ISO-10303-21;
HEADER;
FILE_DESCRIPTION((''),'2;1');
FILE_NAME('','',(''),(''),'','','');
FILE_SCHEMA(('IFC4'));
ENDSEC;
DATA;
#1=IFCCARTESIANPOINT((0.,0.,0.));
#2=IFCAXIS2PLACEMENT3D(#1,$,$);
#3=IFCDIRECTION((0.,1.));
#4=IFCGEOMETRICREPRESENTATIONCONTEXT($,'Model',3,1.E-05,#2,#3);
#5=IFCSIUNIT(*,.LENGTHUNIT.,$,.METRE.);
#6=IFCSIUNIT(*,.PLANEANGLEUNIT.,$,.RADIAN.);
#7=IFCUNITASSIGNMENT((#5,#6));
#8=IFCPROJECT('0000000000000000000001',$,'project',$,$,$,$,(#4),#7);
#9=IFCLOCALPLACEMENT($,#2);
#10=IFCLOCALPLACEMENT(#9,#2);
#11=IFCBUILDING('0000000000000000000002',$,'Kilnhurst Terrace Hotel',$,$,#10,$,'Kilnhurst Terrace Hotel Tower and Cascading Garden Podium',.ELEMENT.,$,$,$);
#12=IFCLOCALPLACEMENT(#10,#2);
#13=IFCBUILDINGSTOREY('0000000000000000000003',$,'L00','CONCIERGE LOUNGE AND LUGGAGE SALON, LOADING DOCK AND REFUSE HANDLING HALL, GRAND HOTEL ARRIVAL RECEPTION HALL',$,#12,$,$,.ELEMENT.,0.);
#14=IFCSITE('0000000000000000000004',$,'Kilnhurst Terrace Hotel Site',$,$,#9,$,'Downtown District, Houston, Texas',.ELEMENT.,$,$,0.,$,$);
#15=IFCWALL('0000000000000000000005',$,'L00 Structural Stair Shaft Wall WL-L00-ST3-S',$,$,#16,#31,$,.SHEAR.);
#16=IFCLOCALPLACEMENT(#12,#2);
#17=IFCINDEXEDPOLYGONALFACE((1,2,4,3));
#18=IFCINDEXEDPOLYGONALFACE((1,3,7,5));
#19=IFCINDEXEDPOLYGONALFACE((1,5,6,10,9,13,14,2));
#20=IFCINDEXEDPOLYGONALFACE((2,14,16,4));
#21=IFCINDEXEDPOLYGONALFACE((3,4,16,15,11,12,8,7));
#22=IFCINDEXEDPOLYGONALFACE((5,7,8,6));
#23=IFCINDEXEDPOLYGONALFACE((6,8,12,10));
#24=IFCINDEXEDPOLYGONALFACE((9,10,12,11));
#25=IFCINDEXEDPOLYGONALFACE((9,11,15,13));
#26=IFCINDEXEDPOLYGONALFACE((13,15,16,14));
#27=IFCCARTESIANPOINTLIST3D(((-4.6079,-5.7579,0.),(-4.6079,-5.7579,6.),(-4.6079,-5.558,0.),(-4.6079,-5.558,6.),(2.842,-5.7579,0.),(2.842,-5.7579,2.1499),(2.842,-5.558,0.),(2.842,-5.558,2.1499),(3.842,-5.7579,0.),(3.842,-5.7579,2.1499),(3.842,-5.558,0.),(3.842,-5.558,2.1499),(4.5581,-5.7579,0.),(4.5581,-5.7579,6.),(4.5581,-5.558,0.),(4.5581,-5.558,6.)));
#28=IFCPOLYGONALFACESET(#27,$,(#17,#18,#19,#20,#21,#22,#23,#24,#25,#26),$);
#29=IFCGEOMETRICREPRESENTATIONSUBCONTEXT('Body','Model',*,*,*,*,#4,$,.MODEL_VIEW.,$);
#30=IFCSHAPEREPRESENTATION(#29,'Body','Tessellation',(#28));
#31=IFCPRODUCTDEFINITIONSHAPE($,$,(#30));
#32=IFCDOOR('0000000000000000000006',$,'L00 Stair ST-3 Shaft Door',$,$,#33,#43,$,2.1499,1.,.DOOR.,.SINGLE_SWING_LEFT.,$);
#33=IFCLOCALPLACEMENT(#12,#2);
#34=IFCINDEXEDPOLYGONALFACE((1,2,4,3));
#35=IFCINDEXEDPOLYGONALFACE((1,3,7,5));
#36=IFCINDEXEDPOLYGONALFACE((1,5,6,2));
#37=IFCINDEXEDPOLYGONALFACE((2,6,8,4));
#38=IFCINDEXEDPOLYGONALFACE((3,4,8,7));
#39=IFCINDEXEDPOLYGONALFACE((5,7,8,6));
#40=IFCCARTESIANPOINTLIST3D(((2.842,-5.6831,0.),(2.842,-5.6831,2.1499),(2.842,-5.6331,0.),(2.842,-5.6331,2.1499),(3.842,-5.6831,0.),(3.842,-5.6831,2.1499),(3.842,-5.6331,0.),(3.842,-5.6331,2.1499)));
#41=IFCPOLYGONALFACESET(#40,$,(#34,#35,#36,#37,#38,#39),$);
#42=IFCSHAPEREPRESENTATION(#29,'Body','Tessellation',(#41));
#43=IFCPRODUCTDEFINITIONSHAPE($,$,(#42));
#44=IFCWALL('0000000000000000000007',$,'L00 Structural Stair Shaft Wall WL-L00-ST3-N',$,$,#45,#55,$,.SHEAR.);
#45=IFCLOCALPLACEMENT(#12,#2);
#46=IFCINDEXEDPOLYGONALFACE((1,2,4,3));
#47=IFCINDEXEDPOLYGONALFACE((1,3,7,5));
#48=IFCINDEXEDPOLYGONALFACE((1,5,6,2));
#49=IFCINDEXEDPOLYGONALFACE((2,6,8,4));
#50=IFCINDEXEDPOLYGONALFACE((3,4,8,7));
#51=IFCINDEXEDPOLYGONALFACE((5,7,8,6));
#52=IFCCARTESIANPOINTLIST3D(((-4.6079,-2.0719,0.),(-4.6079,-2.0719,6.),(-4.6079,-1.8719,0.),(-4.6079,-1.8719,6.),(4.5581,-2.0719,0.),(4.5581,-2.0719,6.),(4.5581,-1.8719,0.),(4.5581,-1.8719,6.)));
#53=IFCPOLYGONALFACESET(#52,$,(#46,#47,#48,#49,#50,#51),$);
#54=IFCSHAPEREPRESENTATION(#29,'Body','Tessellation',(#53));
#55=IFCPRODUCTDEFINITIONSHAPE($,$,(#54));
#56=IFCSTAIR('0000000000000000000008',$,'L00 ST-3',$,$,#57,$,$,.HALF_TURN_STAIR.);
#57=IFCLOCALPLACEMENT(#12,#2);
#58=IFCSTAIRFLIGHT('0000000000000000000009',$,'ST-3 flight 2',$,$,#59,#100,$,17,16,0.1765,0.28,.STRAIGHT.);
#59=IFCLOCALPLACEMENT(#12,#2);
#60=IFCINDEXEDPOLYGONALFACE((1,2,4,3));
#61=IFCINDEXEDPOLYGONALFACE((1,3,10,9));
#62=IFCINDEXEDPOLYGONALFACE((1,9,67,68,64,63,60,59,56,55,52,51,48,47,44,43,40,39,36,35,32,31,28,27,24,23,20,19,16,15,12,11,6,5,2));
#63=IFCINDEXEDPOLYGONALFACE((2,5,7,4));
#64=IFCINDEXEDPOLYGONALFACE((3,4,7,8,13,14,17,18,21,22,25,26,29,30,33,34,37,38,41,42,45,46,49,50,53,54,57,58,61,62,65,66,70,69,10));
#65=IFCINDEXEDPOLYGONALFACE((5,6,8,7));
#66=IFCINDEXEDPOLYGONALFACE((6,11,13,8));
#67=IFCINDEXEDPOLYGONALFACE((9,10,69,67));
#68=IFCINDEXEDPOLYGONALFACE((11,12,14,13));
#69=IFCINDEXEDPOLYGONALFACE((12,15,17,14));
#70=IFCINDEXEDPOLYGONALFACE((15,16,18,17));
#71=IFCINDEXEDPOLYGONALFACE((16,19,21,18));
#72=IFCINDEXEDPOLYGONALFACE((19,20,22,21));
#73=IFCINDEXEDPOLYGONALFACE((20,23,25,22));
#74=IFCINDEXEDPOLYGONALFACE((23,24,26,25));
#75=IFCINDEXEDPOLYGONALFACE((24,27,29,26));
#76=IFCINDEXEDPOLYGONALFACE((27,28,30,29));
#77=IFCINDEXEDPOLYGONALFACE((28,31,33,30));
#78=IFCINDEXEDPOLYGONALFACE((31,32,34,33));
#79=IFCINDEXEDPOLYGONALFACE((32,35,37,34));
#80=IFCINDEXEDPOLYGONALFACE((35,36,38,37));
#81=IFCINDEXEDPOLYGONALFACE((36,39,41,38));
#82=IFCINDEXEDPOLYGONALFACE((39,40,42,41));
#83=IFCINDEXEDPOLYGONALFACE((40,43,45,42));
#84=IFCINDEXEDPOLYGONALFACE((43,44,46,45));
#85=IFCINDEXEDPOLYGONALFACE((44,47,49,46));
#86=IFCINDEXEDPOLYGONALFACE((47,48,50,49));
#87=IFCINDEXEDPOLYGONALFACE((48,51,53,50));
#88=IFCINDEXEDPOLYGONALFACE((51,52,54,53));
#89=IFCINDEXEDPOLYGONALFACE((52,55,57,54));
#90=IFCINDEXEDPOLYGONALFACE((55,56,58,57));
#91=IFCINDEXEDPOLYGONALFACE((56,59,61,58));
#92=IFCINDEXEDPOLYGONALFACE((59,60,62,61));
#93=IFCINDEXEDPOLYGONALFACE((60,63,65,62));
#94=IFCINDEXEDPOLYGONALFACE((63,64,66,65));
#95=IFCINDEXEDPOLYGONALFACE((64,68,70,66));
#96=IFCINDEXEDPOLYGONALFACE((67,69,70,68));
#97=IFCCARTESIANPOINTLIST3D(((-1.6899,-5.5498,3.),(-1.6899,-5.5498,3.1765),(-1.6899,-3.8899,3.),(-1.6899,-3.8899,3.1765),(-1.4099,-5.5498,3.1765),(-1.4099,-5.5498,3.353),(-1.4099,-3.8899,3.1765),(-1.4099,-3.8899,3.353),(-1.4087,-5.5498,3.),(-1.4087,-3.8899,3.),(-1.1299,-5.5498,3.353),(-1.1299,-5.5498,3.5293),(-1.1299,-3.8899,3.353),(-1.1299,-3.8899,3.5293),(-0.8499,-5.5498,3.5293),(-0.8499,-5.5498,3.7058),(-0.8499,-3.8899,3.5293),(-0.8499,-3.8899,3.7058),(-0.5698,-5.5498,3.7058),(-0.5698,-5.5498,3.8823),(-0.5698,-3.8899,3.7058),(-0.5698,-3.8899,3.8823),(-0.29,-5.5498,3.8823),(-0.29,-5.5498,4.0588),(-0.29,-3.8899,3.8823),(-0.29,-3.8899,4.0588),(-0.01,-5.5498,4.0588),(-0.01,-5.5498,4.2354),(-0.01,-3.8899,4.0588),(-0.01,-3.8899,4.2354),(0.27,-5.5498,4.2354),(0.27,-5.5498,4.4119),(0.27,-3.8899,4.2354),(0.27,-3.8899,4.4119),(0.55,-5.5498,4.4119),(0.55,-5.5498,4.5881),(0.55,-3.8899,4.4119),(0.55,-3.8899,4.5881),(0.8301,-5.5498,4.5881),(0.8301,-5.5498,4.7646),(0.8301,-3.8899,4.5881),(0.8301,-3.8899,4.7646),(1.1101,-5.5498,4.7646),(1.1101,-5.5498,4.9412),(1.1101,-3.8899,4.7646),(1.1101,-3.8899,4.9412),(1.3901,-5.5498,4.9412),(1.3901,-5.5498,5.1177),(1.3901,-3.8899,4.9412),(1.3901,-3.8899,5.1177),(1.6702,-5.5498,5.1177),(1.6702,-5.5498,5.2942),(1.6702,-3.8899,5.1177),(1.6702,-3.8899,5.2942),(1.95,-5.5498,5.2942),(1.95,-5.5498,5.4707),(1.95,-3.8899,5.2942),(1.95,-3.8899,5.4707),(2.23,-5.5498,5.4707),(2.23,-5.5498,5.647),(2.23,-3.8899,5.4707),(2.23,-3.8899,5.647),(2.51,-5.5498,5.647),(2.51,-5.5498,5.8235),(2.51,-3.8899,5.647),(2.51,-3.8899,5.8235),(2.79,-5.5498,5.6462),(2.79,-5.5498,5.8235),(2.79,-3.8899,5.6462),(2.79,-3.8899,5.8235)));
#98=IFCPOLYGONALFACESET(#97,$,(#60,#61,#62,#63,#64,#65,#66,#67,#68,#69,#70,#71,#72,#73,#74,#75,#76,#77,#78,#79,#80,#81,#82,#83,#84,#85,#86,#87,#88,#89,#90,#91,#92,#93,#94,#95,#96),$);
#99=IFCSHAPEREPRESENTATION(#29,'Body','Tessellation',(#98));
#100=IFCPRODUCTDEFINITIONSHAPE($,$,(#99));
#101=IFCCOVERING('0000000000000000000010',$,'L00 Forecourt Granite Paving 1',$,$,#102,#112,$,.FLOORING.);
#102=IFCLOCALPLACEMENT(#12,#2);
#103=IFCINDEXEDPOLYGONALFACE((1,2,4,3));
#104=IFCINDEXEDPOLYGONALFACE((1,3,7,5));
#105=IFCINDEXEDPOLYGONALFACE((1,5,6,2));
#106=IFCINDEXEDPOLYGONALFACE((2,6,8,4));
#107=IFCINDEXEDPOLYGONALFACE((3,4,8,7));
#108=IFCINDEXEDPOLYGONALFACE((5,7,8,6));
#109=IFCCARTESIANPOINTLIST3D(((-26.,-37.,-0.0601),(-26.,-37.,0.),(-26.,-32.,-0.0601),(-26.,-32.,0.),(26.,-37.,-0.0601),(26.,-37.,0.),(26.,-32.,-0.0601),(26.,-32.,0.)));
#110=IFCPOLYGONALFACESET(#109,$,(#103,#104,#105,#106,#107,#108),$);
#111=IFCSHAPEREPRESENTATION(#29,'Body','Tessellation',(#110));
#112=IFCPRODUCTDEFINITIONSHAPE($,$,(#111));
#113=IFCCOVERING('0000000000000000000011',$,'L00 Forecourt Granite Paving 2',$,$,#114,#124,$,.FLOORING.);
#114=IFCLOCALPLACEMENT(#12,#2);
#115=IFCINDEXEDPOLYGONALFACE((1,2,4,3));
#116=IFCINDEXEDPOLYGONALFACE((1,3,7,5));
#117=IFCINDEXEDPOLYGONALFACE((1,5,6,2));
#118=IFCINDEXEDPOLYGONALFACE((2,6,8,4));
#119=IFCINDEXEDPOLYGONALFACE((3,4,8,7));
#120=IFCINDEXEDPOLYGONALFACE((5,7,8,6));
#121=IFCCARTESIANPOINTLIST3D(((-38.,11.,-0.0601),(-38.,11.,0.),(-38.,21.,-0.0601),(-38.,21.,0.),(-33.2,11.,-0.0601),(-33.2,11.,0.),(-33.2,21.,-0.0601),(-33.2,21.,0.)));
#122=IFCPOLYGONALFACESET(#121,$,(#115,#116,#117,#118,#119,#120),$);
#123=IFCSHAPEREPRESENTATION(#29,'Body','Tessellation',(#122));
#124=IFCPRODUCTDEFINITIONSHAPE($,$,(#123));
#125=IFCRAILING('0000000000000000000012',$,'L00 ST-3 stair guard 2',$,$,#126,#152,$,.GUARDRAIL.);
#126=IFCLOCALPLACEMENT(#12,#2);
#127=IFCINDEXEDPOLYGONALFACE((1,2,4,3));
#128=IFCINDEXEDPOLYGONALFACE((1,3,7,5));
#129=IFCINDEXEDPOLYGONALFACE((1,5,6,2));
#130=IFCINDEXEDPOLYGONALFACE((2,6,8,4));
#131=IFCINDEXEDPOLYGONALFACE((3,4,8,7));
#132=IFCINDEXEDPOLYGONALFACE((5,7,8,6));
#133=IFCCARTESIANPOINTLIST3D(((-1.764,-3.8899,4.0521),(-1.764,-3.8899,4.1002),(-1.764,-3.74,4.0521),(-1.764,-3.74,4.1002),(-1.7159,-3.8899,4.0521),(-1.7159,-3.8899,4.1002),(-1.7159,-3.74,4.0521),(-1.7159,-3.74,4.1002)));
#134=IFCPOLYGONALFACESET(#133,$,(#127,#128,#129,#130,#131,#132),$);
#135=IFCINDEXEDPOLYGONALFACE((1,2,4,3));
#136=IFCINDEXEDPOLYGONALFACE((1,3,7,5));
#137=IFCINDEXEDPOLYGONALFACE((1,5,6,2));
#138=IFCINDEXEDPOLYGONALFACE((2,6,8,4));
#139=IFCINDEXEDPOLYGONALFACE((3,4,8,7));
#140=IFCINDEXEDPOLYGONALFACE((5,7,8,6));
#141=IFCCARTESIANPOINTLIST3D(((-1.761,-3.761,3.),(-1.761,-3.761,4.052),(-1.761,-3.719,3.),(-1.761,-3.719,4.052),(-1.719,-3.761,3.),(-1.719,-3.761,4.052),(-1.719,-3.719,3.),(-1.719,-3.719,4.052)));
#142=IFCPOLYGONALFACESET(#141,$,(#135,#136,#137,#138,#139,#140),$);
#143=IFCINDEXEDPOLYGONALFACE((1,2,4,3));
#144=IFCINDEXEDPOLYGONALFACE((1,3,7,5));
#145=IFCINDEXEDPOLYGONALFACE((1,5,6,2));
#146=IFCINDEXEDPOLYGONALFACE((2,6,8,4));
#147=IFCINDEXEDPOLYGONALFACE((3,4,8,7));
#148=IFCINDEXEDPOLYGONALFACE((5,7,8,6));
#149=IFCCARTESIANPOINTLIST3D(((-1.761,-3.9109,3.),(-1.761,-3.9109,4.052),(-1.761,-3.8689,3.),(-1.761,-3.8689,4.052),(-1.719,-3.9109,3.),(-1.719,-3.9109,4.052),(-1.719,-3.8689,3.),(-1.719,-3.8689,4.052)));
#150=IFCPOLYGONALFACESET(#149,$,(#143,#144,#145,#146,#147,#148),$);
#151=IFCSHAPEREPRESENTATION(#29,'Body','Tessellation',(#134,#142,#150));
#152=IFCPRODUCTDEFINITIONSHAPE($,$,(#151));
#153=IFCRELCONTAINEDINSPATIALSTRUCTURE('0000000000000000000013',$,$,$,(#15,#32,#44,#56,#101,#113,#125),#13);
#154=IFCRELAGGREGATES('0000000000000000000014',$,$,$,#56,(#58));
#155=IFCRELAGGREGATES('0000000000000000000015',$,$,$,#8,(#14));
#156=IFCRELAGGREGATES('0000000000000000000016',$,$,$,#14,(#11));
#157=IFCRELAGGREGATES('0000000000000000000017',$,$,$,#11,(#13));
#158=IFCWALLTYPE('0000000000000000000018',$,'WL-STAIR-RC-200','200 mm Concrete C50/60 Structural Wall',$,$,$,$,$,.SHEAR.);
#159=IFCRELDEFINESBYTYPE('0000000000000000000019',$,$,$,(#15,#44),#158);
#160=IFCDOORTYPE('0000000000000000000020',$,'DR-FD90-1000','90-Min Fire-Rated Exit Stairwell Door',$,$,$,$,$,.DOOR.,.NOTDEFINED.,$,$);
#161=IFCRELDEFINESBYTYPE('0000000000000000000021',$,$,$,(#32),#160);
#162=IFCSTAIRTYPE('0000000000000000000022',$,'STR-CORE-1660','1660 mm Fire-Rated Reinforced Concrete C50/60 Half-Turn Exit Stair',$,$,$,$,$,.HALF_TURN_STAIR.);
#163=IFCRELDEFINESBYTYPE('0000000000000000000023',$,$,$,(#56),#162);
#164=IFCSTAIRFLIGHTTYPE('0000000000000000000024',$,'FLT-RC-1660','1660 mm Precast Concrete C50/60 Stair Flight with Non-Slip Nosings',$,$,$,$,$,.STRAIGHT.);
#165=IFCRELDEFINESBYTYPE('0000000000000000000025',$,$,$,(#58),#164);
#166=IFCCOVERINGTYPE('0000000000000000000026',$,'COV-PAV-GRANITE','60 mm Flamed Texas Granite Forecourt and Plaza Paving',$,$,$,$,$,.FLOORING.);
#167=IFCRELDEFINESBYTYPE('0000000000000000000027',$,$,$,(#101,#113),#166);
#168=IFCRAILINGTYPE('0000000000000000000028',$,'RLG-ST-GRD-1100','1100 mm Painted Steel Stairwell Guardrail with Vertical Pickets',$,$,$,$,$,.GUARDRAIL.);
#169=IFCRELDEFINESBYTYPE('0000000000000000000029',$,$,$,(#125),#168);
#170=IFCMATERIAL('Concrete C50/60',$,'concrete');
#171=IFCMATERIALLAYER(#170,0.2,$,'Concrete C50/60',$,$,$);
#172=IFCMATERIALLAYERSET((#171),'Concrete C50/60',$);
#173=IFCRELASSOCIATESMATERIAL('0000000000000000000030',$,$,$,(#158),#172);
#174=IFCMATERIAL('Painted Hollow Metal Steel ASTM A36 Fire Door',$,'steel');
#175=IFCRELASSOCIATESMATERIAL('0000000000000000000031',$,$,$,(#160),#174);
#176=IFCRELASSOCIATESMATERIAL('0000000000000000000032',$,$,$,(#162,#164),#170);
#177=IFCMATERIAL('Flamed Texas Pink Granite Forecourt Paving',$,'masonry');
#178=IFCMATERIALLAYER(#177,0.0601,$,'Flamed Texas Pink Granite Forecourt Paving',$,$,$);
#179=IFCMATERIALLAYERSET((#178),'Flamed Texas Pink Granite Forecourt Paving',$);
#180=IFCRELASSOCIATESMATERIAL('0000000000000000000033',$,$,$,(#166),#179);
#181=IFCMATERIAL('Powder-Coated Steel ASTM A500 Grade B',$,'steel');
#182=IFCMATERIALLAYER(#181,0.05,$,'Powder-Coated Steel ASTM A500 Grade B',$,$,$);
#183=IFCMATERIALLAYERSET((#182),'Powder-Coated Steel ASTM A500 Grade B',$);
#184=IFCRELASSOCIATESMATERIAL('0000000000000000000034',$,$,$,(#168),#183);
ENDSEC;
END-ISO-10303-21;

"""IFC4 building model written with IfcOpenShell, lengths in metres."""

from ifc_helpers import new_model, si_unit, direction, frame, frame_2d, origin, origin_2d, place, context, subcontext, project, spatial, polyline, rectangle, outline, extrude, material, layer, layer_set, type_object, element, fill, aggregate, save


model = new_model("IFC4")

# Units and contexts
model_context = context("Model", 3, precision=1e-05, world=origin(), true_north=direction((0.0, 1.0)))
body_context = subcontext(model_context, "Body", "Model", "MODEL_VIEW")
ifc_project = project(units=[si_unit("LENGTHUNIT", "METRE"), si_unit("PLANEANGLEUNIT", "RADIAN")], contexts=[model_context])

# Site, building, storey
site_placement = place(None, origin())
site = spatial("IfcSite", under=ifc_project, at=site_placement, Name="Kilnhurst Terrace Hotel Site", LongName="Downtown District, Houston, Texas", CompositionType="ELEMENT", RefElevation=0.0)
building_placement = place(site_placement, origin())
building = spatial("IfcBuilding", under=site, at=building_placement, Name="Kilnhurst Terrace Hotel", LongName="Kilnhurst Terrace Hotel Tower and Cascading Garden Podium", CompositionType="ELEMENT")
storey_placement = place(building_placement, origin())
storey = spatial("IfcBuildingStorey", under=building, at=storey_placement, Name="L00", Description="CONCIERGE LOUNGE AND LUGGAGE SALON, LOADING DOCK AND REFUSE HANDLING HALL, GRAND HOTEL ARRIVAL RECEPTION HALL", CompositionType="ELEMENT", Elevation=0.0)

# Shared definitions
ifc_material_1 = material(Name="Concrete C50/60", Category="concrete")

# Shared definitions
ifc_layer_1 = layer(ifc_material_1, 0.2, Name="Concrete C50/60")
ifc_layer_set_1 = layer_set([ifc_layer_1], Name="Concrete C50/60")
wall_type_1 = type_object("IfcWallType", Name="WL-STAIR-RC-200", Description="200 mm Concrete C50/60 Structural Wall", PredefinedType="SHEAR", material=ifc_layer_set_1)

# Wall, opening, door
wall_1_placement = place(storey_placement, frame((-4.6079, -5.658, 0.0), z_axis=(0.0, 0.0, 1.0), x_axis=(1.0, 0.0, 0.0)))
wall_1 = element("IfcWall", 1, at=wall_1_placement, inside=storey, type_object=wall_type_1, Name="L00 Structural Stair Shaft Wall WL-L00-ST3-S", PredefinedType="SHEAR", context=body_context, shape_type="SweptSolid", body=[
    extrude(rectangle(XDim=9.166, YDim=0.2, at=frame_2d((4.583, 0.0))), origin(), (0.0, 0.0, 1.0), 6.0),
])
opening_1_placement = place(wall_1_placement, frame((7.45, 0.0, 0.0)))
opening_1 = element("IfcOpeningElement", 2, at=opening_1_placement, cuts=wall_1, PredefinedType="OPENING", context=body_context, shape_type="SweptSolid", body=[
    extrude(rectangle(XDim=1.0, YDim=2.1499, at=frame_2d((0.5, 1.075))), frame((0.0, 0.1099, 0.0), z_axis=(0.0, -1.0, 0.0), x_axis=(1.0, 0.0, 0.0)), (0.0, 0.0, 1.0), 0.22),
])
ifc_material_2 = material(Name="Painted Hollow Metal Steel ASTM A36 Fire Door", Category="steel")
door_type_1 = type_object("IfcDoorType", Name="DR-FD90-1000", Description="90-Min Fire-Rated Exit Stairwell Door", OperationType="NOTDEFINED", PredefinedType="DOOR", material=ifc_material_2)
door_1_placement = place(opening_1_placement, origin())
door_1 = element("IfcDoor", 3, at=door_1_placement, inside=storey, type_object=door_type_1, Name="L00 Stair ST-3 Shaft Door", OperationType="SINGLE_SWING_LEFT", OverallHeight=2.1499, OverallWidth=1.0, PredefinedType="DOOR", context=body_context, shape_type="SweptSolid", body=[
    extrude(rectangle(XDim=1.0, YDim=2.1499, at=frame_2d((0.5, 1.075))), frame((0.0, 0.0249, 0.0), z_axis=(0.0, -1.0, 0.0), x_axis=(1.0, 0.0, 0.0)), (0.0, 0.0, 1.0), 0.05),
])
fill(opening_1, door_1)

# Wall
wall_2_placement = place(storey_placement, frame((-4.6079, -1.9719, 0.0), z_axis=(0.0, 0.0, 1.0), x_axis=(1.0, 0.0, 0.0)))
element("IfcWall", 4, at=wall_2_placement, inside=storey, type_object=wall_type_1, Name="L00 Structural Stair Shaft Wall WL-L00-ST3-N", PredefinedType="SHEAR", context=body_context, shape_type="SweptSolid", body=[
    extrude(rectangle(XDim=9.166, YDim=0.2, at=frame_2d((4.583, 0.0))), origin(), (0.0, 0.0, 1.0), 6.0),
])

# Stair, stair flight
stair_type = type_object("IfcStairType", Name="STR-CORE-1660", Description="1660 mm Fire-Rated Reinforced Concrete C50/60 Half-Turn Exit Stair", PredefinedType="HALF_TURN_STAIR", material=ifc_material_1)
stair_placement = place(storey_placement, origin())
stair = element("IfcStair", 5, at=stair_placement, inside=storey, type_object=stair_type, Name="L00 ST-3", PredefinedType="HALF_TURN_STAIR")
stair_flight_type = type_object("IfcStairFlightType", Name="FLT-RC-1660", Description="1660 mm Precast Concrete C50/60 Stair Flight with Non-Slip Nosings", PredefinedType="STRAIGHT", material=ifc_material_1)
stair_flight_placement = place(storey_placement, frame((-1.6899, -4.72, 3.0), z_axis=(0.0, 0.0, 1.0), x_axis=(1.0, 0.0, 0.0)))
stair_flight = element("IfcStairFlight", 6, at=stair_flight_placement, type_object=stair_flight_type, Name="ST-3 flight 2", NumberOfRisers=17, NumberOfTreads=16, PredefinedType="STRAIGHT", RiserHeight=0.1765, TreadLength=0.28, context=body_context, shape_type="SweptSolid", body=[
    extrude(outline(polyline([(0.0, 0.0), (0.0, 0.1765), (0.28, 0.1765), (0.28, 0.353), (0.5601, 0.353), (0.5601, 0.5293), (0.8401, 0.5293), (0.8401, 0.7058), (1.1201, 0.7058), (1.1201, 0.8823), (1.3999, 0.8823), (1.3999, 1.0588), (1.6799, 1.0588), (1.6799, 1.2354), (1.96, 1.2354), (1.96, 1.4119), (2.24, 1.4119), (2.24, 1.5881), (2.52, 1.5881), (2.52, 1.7646), (2.8, 1.7646), (2.8, 1.9412), (3.0801, 1.9412), (3.0801, 2.1177), (3.3601, 2.1177), (3.3601, 2.2942), (3.6399, 2.2942), (3.6399, 2.4707), (3.9199, 2.4707), (3.9199, 2.647), (4.2, 2.647), (4.2, 2.8235), (4.48, 2.8235), (4.48, 3.0), (4.48, 2.6462), (0.2812, 0.0), (0.0, 0.0)])), frame((0.0, 0.8301, 0.0), z_axis=(0.0, -1.0, 0.0), x_axis=(1.0, 0.0, 0.0)), (0.0, 0.0, 1.0), 1.6599),
])
aggregate(stair, [stair_flight])

# Coverings
ifc_material_3 = material(Name="Flamed Texas Pink Granite Forecourt Paving", Category="masonry")
ifc_layer_2 = layer(ifc_material_3, 0.0601, Name="Flamed Texas Pink Granite Forecourt Paving")
ifc_layer_set_2 = layer_set([ifc_layer_2], Name="Flamed Texas Pink Granite Forecourt Paving")
covering_type = type_object("IfcCoveringType", Name="COV-PAV-GRANITE", Description="60 mm Flamed Texas Granite Forecourt and Plaza Paving", PredefinedType="FLOORING", material=ifc_layer_set_2)
covering_1_placement = place(storey_placement, frame((0.0, 0.0, -0.0601)))
element("IfcCovering", 7, at=covering_1_placement, inside=storey, type_object=covering_type, Name="L00 Forecourt Granite Paving 1", PredefinedType="FLOORING", context=body_context, shape_type="SweptSolid", body=[
    extrude(outline(polyline([(-26.0, -37.0), (26.0, -37.0), (26.0, -32.0), (-26.0, -32.0), (-26.0, -37.0)])), origin(), (0.0, 0.0, 1.0), 0.0601),
])
covering_2_placement = place(storey_placement, frame((0.0, 0.0, -0.0601)))
element("IfcCovering", 8, at=covering_2_placement, inside=storey, type_object=covering_type, Name="L00 Forecourt Granite Paving 2", PredefinedType="FLOORING", context=body_context, shape_type="SweptSolid", body=[
    extrude(outline(polyline([(-38.0, 11.0), (-33.2, 11.0), (-33.2, 21.0), (-38.0, 21.0), (-38.0, 11.0)])), origin(), (0.0, 0.0, 1.0), 0.0601),
])

# Railing
ifc_material_4 = material(Name="Powder-Coated Steel ASTM A500 Grade B", Category="steel")
ifc_layer_3 = layer(ifc_material_4, 0.05, Name="Powder-Coated Steel ASTM A500 Grade B")
ifc_layer_set_3 = layer_set([ifc_layer_3], Name="Powder-Coated Steel ASTM A500 Grade B")
railing_type_1 = type_object("IfcRailingType", Name="RLG-ST-GRD-1100", Description="1100 mm Painted Steel Stairwell Guardrail with Vertical Pickets", PredefinedType="GUARDRAIL", material=ifc_layer_set_3)
railing_1_placement = place(storey_placement, frame((-1.74, -3.74, 3.0)))
element("IfcRailing", 9, at=railing_1_placement, inside=storey, type_object=railing_type_1, Name="L00 ST-3 stair guard 2", PredefinedType="GUARDRAIL", context=body_context, shape_type="SweptSolid", body=[
    extrude(rectangle(XDim=0.0481, YDim=0.0481, at=origin_2d()), frame((0.0, 0.0, 1.0762), z_axis=(0.0, -1.0, 0.0), x_axis=(1.0, 0.0, 0.0)), (0.0, 0.0, 1.0), 0.1499),
    extrude(rectangle(XDim=0.042, YDim=0.042, at=origin_2d()), origin(), (0.0, 0.0, 1.0), 1.052),
    extrude(rectangle(XDim=0.042, YDim=0.042, at=origin_2d()), frame((0.0, -0.1499, 0.0)), (0.0, 0.0, 1.0), 1.052),
])

save(model, "model.ifc")
